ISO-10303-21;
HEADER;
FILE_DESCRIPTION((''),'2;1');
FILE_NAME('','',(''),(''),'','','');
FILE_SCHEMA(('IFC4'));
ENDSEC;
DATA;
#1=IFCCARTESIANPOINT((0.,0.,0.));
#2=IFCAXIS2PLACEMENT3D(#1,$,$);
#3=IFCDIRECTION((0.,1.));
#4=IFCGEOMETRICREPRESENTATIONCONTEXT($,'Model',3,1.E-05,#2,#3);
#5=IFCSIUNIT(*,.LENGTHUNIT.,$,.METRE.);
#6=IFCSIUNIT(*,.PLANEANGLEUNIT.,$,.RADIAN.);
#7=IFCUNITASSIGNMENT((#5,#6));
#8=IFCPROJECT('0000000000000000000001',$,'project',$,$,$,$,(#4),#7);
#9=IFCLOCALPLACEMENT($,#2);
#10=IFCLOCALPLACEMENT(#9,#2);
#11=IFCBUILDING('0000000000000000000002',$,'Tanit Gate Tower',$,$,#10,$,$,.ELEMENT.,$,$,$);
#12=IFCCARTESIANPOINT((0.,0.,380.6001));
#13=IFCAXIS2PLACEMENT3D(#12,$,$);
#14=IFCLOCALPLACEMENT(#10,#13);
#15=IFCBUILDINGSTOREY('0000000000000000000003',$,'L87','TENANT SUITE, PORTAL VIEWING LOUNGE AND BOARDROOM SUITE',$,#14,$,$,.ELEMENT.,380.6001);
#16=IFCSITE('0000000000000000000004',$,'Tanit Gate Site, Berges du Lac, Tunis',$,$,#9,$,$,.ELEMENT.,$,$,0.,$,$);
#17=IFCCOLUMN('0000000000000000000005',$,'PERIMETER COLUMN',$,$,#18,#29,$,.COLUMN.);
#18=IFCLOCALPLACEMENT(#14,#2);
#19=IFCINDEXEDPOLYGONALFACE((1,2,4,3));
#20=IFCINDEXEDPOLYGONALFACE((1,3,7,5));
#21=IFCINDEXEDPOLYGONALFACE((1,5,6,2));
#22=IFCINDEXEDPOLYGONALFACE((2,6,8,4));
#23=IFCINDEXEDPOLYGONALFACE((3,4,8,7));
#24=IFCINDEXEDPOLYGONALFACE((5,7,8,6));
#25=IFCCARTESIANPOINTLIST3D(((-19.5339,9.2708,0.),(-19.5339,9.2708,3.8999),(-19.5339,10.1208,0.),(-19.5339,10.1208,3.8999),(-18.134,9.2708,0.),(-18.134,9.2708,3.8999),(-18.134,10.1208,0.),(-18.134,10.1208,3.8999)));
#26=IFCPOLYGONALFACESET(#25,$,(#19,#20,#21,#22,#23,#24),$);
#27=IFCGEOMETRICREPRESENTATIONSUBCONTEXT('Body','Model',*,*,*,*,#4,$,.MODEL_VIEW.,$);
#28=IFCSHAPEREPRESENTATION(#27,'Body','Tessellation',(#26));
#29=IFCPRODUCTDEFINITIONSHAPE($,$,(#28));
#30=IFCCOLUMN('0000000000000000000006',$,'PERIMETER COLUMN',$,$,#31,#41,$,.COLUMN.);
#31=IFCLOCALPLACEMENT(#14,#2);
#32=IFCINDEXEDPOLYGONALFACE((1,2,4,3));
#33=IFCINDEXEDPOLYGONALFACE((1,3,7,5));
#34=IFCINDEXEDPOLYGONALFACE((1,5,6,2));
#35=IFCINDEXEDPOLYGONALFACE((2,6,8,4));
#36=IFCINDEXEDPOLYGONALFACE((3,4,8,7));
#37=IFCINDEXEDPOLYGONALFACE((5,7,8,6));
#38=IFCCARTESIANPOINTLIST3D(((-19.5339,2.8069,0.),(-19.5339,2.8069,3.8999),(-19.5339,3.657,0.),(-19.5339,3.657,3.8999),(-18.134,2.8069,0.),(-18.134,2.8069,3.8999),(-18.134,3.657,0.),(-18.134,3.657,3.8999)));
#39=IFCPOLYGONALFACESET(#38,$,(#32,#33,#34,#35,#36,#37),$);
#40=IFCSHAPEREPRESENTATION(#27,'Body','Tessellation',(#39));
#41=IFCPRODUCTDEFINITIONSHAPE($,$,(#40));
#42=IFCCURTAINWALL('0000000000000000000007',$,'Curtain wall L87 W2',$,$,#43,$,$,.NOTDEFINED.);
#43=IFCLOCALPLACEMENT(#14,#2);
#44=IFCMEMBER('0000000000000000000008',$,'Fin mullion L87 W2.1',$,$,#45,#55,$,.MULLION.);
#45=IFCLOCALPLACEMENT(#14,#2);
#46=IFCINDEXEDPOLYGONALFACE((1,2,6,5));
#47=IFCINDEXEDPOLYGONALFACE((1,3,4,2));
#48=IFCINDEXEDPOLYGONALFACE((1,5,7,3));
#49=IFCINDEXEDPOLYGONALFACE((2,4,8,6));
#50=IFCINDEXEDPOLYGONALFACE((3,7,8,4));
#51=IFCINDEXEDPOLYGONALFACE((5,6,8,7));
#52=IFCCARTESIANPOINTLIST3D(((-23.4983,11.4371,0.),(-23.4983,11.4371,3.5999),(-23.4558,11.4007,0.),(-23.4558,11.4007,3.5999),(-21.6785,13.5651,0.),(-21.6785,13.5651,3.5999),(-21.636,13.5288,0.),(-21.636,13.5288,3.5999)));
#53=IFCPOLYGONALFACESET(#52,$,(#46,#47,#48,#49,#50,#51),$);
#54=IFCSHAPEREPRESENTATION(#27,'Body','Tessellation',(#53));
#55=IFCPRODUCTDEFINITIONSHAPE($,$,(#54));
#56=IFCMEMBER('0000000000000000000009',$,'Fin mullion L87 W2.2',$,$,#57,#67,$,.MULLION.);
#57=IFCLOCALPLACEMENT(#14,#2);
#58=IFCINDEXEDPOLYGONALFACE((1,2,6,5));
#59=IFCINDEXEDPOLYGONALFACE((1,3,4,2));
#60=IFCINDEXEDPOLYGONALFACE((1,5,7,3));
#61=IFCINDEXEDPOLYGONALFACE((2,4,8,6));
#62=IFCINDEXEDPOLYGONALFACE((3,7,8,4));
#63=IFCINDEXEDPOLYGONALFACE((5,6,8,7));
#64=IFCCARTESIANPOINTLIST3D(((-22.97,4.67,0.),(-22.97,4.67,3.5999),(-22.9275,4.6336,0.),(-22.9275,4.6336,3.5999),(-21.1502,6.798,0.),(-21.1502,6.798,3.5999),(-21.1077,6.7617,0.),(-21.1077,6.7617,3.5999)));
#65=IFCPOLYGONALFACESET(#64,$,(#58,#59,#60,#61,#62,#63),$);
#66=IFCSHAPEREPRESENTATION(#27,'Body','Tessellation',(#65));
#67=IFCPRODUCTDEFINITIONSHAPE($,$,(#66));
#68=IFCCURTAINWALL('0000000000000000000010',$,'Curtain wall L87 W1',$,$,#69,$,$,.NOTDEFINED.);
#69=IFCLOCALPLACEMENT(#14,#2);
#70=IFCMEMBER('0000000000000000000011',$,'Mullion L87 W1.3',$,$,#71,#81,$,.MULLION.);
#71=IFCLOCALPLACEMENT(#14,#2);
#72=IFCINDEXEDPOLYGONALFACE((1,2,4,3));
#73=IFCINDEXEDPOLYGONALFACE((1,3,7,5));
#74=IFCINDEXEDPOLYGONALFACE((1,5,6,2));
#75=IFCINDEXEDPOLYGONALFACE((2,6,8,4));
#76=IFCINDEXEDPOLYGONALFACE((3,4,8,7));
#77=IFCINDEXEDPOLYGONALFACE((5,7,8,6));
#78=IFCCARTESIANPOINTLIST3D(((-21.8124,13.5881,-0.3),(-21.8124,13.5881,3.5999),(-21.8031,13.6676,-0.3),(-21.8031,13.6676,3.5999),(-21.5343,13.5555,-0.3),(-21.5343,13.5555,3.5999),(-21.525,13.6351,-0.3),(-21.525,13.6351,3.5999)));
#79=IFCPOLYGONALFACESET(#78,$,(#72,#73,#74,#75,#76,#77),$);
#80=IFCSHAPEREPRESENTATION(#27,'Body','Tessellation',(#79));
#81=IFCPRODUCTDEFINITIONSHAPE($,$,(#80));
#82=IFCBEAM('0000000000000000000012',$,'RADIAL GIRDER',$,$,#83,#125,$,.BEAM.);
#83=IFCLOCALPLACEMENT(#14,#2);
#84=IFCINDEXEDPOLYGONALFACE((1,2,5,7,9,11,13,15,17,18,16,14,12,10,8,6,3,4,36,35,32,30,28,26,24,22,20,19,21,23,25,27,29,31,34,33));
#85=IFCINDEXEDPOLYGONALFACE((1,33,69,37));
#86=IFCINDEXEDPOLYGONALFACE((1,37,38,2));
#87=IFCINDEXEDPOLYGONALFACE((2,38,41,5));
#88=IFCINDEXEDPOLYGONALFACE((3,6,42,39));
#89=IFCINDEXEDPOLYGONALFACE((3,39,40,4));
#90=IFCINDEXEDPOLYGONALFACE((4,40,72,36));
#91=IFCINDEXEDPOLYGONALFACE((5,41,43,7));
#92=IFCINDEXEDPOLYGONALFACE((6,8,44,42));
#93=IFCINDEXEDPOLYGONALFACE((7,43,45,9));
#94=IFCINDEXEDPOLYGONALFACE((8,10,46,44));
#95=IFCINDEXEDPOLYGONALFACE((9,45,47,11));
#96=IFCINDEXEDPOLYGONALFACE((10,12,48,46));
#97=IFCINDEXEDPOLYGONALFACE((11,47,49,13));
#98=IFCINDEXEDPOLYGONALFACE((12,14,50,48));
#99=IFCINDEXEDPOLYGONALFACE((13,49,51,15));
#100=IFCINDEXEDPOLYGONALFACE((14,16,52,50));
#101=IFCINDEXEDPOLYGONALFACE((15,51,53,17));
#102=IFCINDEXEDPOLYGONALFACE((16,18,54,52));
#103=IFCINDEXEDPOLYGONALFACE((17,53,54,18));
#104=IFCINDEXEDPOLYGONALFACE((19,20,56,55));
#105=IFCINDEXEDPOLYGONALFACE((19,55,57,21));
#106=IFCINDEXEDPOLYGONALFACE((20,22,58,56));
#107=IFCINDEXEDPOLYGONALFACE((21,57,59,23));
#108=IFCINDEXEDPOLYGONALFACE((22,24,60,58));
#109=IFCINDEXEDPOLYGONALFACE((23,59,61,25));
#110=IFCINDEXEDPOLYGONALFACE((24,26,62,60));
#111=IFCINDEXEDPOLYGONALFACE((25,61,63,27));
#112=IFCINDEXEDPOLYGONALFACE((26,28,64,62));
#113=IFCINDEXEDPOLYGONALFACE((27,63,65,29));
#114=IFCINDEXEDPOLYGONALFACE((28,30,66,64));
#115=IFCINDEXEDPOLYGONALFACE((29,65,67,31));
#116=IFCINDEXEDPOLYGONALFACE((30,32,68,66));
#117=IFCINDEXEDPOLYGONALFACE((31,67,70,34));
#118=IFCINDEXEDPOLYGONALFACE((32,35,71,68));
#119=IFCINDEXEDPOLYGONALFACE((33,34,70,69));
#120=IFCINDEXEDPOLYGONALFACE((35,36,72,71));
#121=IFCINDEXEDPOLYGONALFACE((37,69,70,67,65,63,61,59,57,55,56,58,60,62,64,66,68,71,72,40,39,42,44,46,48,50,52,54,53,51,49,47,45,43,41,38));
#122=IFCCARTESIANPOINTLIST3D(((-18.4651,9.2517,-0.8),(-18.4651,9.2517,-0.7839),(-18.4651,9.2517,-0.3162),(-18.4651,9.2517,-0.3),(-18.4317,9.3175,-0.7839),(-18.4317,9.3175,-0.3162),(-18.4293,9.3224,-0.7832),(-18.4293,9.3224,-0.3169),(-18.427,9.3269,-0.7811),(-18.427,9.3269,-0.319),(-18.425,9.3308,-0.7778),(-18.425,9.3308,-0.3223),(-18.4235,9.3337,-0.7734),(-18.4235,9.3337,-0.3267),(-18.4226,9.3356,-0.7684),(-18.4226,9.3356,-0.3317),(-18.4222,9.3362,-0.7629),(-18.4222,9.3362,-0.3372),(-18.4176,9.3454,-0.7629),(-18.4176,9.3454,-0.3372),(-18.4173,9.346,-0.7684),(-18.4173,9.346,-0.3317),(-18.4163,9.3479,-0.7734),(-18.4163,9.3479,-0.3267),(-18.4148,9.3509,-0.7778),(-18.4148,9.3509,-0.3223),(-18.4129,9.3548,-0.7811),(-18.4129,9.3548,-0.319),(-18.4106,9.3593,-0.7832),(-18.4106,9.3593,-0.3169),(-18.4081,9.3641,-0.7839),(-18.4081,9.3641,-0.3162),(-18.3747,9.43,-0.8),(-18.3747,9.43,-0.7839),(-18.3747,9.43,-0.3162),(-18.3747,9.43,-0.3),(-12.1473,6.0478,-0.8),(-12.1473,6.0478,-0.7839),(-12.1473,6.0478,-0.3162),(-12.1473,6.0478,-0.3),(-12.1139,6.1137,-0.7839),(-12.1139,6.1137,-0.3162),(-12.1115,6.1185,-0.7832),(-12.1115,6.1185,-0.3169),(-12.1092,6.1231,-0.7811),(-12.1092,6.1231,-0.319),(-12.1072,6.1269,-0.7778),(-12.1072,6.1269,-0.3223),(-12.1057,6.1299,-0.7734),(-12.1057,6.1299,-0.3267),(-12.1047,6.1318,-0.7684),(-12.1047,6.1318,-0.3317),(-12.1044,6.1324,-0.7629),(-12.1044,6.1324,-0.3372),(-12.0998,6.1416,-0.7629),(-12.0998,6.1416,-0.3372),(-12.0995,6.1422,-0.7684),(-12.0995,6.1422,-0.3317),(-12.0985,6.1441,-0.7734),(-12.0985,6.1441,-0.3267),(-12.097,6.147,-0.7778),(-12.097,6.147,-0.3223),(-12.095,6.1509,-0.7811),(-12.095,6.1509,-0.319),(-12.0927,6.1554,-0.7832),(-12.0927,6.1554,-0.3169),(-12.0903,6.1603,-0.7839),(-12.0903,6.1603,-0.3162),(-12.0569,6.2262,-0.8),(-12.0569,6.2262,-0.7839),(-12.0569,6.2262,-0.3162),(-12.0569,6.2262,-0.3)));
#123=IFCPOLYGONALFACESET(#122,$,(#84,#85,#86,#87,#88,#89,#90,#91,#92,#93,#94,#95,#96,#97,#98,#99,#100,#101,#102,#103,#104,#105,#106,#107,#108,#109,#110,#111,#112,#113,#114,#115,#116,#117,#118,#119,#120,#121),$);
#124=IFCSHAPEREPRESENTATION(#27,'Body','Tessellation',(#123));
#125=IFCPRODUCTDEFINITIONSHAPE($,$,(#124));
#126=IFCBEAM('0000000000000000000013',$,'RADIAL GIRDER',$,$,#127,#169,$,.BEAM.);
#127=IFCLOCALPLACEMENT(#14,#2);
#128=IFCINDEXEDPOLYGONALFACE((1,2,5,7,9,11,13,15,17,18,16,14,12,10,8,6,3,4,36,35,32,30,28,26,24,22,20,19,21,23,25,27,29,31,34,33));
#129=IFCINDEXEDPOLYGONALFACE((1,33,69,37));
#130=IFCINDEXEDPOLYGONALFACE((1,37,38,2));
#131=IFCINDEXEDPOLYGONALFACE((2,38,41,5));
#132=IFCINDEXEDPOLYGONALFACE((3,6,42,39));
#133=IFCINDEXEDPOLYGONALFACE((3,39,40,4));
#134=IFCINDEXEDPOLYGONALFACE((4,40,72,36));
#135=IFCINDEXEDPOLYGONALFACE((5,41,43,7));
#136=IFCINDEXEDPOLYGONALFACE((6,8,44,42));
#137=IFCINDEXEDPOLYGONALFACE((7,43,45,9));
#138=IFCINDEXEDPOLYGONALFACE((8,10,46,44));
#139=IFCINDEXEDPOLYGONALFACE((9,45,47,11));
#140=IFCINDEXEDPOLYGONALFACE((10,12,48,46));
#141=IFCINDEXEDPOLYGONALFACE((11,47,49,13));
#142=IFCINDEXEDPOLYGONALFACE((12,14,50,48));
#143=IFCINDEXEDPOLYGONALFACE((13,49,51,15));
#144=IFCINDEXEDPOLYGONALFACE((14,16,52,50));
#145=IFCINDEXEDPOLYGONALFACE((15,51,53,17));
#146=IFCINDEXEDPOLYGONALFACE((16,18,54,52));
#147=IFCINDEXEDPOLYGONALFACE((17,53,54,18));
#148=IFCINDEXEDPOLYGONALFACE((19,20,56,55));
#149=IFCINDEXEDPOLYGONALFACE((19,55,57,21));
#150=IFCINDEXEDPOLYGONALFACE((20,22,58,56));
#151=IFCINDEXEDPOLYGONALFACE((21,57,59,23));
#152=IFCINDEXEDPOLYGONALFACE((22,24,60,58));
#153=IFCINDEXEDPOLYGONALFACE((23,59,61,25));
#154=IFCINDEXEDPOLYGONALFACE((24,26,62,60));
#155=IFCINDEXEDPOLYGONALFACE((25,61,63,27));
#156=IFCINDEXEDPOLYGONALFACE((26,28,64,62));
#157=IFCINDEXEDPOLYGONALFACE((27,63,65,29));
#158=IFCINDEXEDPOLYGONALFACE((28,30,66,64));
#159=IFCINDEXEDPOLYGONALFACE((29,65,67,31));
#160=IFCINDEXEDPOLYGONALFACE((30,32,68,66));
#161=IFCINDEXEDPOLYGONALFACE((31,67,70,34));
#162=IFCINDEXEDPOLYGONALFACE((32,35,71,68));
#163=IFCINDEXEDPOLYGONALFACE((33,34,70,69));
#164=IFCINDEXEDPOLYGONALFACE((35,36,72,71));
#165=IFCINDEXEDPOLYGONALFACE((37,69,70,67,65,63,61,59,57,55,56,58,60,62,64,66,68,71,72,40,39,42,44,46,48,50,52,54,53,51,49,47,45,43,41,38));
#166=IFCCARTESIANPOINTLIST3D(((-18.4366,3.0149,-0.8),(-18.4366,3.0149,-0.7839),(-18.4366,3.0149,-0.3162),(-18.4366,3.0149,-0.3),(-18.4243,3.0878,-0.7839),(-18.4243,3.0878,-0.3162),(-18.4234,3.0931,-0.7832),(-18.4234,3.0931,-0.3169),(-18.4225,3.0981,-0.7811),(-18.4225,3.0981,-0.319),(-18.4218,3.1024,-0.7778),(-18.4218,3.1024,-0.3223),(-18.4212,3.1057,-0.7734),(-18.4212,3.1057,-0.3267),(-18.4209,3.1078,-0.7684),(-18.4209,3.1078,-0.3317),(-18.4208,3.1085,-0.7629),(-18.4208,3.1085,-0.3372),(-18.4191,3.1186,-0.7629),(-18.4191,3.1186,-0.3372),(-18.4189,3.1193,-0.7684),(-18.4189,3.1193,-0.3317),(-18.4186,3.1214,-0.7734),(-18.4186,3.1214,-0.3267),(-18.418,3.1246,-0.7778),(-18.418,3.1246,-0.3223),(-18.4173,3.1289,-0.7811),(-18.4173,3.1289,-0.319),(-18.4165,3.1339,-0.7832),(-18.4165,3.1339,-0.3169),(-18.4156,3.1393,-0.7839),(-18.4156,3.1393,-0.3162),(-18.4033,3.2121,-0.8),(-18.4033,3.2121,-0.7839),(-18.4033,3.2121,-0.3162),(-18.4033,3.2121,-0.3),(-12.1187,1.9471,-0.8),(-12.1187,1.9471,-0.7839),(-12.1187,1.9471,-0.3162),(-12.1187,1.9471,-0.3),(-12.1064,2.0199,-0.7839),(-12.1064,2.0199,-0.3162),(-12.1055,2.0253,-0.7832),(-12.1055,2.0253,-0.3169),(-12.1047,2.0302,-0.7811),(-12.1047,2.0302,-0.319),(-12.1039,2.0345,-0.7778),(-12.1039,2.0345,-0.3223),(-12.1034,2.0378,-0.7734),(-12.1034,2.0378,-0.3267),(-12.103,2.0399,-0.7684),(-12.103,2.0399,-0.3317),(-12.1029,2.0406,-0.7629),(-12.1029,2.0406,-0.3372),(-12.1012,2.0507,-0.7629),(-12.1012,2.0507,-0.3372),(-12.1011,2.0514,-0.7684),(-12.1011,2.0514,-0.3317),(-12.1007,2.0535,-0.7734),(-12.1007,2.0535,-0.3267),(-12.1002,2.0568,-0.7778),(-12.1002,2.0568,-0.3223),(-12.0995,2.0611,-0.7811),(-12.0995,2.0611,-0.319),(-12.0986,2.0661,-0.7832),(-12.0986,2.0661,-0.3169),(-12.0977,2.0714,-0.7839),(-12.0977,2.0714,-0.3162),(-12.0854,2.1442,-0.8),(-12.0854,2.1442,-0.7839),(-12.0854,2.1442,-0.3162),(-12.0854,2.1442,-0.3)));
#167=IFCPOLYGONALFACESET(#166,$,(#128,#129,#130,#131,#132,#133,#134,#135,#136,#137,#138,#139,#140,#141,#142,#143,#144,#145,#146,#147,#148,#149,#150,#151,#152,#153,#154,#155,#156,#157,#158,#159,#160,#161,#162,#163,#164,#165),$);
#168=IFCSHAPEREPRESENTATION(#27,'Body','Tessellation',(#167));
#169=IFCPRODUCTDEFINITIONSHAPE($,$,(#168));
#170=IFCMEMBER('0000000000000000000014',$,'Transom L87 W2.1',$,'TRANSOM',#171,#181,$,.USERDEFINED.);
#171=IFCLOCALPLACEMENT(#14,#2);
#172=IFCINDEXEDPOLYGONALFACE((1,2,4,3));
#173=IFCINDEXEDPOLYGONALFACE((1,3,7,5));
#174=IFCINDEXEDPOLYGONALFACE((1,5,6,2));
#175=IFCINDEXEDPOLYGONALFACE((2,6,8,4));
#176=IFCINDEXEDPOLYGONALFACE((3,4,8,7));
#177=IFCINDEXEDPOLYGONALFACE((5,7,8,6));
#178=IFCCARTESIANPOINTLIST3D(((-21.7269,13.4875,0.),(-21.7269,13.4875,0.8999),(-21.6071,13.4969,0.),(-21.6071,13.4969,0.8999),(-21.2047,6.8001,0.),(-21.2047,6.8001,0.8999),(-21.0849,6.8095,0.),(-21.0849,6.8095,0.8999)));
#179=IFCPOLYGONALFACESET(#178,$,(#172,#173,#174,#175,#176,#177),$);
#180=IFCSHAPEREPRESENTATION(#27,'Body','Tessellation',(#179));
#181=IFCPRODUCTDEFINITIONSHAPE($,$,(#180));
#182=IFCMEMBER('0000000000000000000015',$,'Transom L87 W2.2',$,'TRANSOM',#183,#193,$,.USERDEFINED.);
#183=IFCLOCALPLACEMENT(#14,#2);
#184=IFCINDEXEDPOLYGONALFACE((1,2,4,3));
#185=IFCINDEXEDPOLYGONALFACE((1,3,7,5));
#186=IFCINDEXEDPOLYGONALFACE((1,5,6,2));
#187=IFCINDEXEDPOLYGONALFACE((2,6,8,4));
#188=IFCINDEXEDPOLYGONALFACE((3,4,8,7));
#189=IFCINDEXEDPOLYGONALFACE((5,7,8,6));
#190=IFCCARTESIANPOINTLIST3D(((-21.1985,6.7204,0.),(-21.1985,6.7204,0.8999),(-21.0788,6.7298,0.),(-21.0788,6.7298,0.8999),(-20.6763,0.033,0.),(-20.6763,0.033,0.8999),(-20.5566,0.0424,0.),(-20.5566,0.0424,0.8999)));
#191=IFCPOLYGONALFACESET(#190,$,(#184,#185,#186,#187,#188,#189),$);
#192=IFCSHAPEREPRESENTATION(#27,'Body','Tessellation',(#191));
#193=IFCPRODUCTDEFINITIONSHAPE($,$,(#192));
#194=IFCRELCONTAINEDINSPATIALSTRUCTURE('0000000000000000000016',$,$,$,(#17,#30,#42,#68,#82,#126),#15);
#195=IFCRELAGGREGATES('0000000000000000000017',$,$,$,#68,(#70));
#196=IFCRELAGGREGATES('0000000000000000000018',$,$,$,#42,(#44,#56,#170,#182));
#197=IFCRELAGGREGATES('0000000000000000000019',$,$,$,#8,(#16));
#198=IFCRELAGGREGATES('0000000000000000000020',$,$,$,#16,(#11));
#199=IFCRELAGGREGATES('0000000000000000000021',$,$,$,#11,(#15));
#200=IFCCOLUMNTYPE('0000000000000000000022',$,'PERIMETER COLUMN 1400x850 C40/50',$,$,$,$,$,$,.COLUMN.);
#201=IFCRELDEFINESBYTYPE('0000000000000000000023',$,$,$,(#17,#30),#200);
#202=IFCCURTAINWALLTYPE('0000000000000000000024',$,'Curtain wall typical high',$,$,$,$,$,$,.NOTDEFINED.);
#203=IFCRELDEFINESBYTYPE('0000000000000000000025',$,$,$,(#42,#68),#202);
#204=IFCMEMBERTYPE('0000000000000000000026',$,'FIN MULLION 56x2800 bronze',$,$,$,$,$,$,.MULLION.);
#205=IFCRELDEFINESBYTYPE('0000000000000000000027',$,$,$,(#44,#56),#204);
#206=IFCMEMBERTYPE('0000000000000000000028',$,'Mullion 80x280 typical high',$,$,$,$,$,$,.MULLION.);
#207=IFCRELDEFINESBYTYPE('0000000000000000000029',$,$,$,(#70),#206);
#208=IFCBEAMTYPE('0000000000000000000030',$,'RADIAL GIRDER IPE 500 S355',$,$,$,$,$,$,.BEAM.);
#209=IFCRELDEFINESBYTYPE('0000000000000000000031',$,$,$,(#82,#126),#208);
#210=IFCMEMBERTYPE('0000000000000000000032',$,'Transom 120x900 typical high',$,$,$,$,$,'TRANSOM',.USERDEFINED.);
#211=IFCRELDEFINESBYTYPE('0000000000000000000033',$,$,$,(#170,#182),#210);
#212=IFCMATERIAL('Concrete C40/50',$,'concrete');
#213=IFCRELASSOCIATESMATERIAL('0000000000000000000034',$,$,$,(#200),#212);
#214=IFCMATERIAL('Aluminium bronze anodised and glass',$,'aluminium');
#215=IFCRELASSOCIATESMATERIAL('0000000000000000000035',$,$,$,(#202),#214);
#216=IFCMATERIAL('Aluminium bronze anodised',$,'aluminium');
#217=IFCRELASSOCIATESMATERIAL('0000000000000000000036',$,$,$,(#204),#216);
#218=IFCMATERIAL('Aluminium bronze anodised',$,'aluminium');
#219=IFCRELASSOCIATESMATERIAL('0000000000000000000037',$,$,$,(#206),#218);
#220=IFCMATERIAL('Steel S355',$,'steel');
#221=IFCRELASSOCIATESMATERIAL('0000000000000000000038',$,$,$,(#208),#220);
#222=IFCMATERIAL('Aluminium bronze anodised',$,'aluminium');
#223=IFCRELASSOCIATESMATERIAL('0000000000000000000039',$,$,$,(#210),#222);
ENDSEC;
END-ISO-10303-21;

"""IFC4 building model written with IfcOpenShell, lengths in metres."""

from ifc_helpers import new_model, si_unit, direction, frame, origin, origin_2d, place, context, subcontext, project, spatial, rectangle, i_section, extrude, material, material_profile, profile_set, type_object, element, aggregate, save


model = new_model("IFC4")

# Units and contexts
model_context = context("Model", 3, precision=1e-05, world=origin(), true_north=direction((0.0, 1.0)))
body_context = subcontext(model_context, "Body", "Model", "MODEL_VIEW")
ifc_project = project(units=[si_unit("LENGTHUNIT", "METRE"), si_unit("PLANEANGLEUNIT", "RADIAN")], contexts=[model_context])

# Site, building, storey
site_placement = place(None, origin())
site = spatial("IfcSite", under=ifc_project, at=site_placement, Name="Tanit Gate Site, Berges du Lac, Tunis", CompositionType="ELEMENT", RefElevation=0.0)
building_placement = place(site_placement, origin())
building = spatial("IfcBuilding", under=site, at=building_placement, Name="Tanit Gate Tower", CompositionType="ELEMENT")
storey_placement = place(building_placement, frame((0.0, 0.0, 380.6001)))
storey = spatial("IfcBuildingStorey", under=building, at=storey_placement, Name="L87", Description="TENANT SUITE, PORTAL VIEWING LOUNGE AND BOARDROOM SUITE", CompositionType="ELEMENT", Elevation=380.6001)

# Columns
ifc_material_1 = material(Name="Concrete C40/50", Category="concrete")
ifc_material_profile_1 = material_profile(ifc_material_1, rectangle(XDim=1.3999, YDim=0.8501, at=origin_2d()), Name="RC 1400x850")
ifc_profile_set_1 = profile_set([ifc_material_profile_1], Name="Concrete C40/50")
column_type = type_object("IfcColumnType", Name="PERIMETER COLUMN 1400x850 C40/50", PredefinedType="COLUMN", material=ifc_profile_set_1)
for number, where, z_axis, x_axis, name in (
    (1, (-18.834, 9.6958, 0.0), (0.0, 0.0, 1.0), (-1.0, 0.0, 0.0), "PERIMETER COLUMN"),
    (2, (-18.834, 3.2319, 0.0), (0.0, 0.0, 1.0), (-1.0, 0.0, 0.0), "PERIMETER COLUMN"),
):
    element("IfcColumn", number, at=place(storey_placement, frame(where, z_axis=z_axis, x_axis=x_axis)), inside=storey, type_object=column_type, Name=name, PredefinedType="COLUMN", context=body_context, shape_type="SweptSolid", body=[
        extrude(rectangle(XDim=1.3999, YDim=0.8501, at=origin_2d()), origin(), (0.0, 0.0, 1.0), 3.8999),
    ])

# Curtain wall, members
ifc_material_2 = material(Name="Aluminium bronze anodised and glass", Category="aluminium")
curtain_wall_type = type_object("IfcCurtainWallType", Name="Curtain wall typical high", PredefinedType="NOTDEFINED", material=ifc_material_2)
curtain_wall_1_placement = place(storey_placement, origin())
curtain_wall_1 = element("IfcCurtainWall", 3, at=curtain_wall_1_placement, inside=storey, type_object=curtain_wall_type, Name="Curtain wall L87 W2", PredefinedType="NOTDEFINED")
ifc_material_3 = material(Name="Aluminium bronze anodised", Category="aluminium")
ifc_material_profile_2 = material_profile(ifc_material_3, rectangle(XDim=2.8, YDim=0.0559, at=origin_2d()), Name="56x2800 bronze fin mullion")
ifc_profile_set_2 = profile_set([ifc_material_profile_2], Name="Aluminium bronze anodised")
member_type_1 = type_object("IfcMemberType", Name="FIN MULLION 56x2800 bronze", PredefinedType="MULLION", material=ifc_profile_set_2)
member_1_placement = place(storey_placement, frame((-22.5671, 12.4829, 0.0), z_axis=(0.0, 0.0, 1.0), x_axis=(0.649921, 0.760002, 0.0)))
member_1 = element("IfcMember", 4, at=member_1_placement, type_object=member_type_1, Name="Fin mullion L87 W2.1", PredefinedType="MULLION", context=body_context, shape_type="SweptSolid", body=[
    extrude(rectangle(XDim=2.8, YDim=0.0559, at=origin_2d()), origin(), (0.0, 0.0, 1.0), 3.5999),
])
member_2_placement = place(storey_placement, frame((-22.0388, 5.7158, 0.0), z_axis=(0.0, 0.0, 1.0), x_axis=(0.649921, 0.760002, 0.0)))
member_2 = element("IfcMember", 5, at=member_2_placement, type_object=member_type_1, Name="Fin mullion L87 W2.2", PredefinedType="MULLION", context=body_context, shape_type="SweptSolid", body=[
    extrude(rectangle(XDim=2.8, YDim=0.0559, at=origin_2d()), origin(), (0.0, 0.0, 1.0), 3.5999),
])

# Curtain wall, member
curtain_wall_2_placement = place(storey_placement, origin())
curtain_wall_2 = element("IfcCurtainWall", 6, at=curtain_wall_2_placement, inside=storey, type_object=curtain_wall_type, Name="Curtain wall L87 W1", PredefinedType="NOTDEFINED")
ifc_material_4 = material(Name="Aluminium bronze anodised", Category="aluminium")
ifc_material_profile_3 = material_profile(ifc_material_4, rectangle(XDim=0.28, YDim=0.0801, at=origin_2d()), Name="80x280 bronze mullion")
ifc_profile_set_3 = profile_set([ifc_material_profile_3], Name="Aluminium bronze anodised")
member_type_2 = type_object("IfcMemberType", Name="Mullion 80x280 typical high", PredefinedType="MULLION", material=ifc_profile_set_3)
member_3_placement = place(storey_placement, frame((-21.6687, 13.6116, -0.3), z_axis=(0.0, 0.0, 1.0), x_axis=(0.993212, -0.116318, 0.0)))
member_3 = element("IfcMember", 7, at=member_3_placement, type_object=member_type_2, Name="Mullion L87 W1.3", PredefinedType="MULLION", context=body_context, shape_type="SweptSolid", body=[
    extrude(rectangle(XDim=0.28, YDim=0.0801, at=origin_2d()), origin(), (0.0, 0.0, 1.0), 3.8999),
])
aggregate(curtain_wall_2, [member_3])

# Beams
ifc_material_5 = material(Name="Steel S355", Category="steel")
ifc_material_profile_4 = material_profile(ifc_material_5, i_section(OverallWidth=0.2, OverallDepth=0.5, WebThickness=0.0103, FlangeThickness=0.0161, FilletRadius=0.021, at=origin_2d()), Name="IPE 500")
ifc_profile_set_4 = profile_set([ifc_material_profile_4], Name="Steel S355")
beam_type = type_object("IfcBeamType", Name="RADIAL GIRDER IPE 500 S355", PredefinedType="BEAM", material=ifc_profile_set_4)
beam_1_placement = place(storey_placement, frame((-18.4199, 9.3408, -0.55), z_axis=(0.891876, -0.45228, 0.0), x_axis=(0.45228, 0.891876, 0.0)))
element("IfcBeam", 8, at=beam_1_placement, inside=storey, type_object=beam_type, Name="RADIAL GIRDER", PredefinedType="BEAM", context=body_context, shape_type="SweptSolid", body=[
    extrude(i_section(OverallWidth=0.2, OverallDepth=0.5, WebThickness=0.0103, FlangeThickness=0.0161, FilletRadius=0.021, at=origin_2d()), origin(), (0.0, 0.0, 1.0), 7.0837),
])
beam_2_placement = place(storey_placement, frame((-18.4199, 3.1135, -0.55), z_axis=(0.986014, -0.16666, 0.0), x_axis=(0.16666, 0.986014, 0.0)))
element("IfcBeam", 9, at=beam_2_placement, inside=storey, type_object=beam_type, Name="RADIAL GIRDER", PredefinedType="BEAM", context=body_context, shape_type="SweptSolid", body=[
    extrude(i_section(OverallWidth=0.2, OverallDepth=0.5, WebThickness=0.0103, FlangeThickness=0.0161, FilletRadius=0.021, at=origin_2d()), origin(), (0.0, 0.0, 1.0), 6.4075),
])

# Members
ifc_material_6 = material(Name="Aluminium bronze anodised", Category="aluminium")
ifc_material_profile_5 = material_profile(ifc_material_6, rectangle(XDim=0.1201, YDim=0.8999, at=origin_2d()), Name="120x900 bronze transom")
ifc_profile_set_5 = profile_set([ifc_material_profile_5], Name="Aluminium bronze anodised")
member_type_3 = type_object("IfcMemberType", Name="Transom 120x900 typical high", ElementType="TRANSOM", PredefinedType="USERDEFINED", material=ifc_profile_set_5)
member_4_placement = place(storey_placement, frame((-21.667, 13.4922, 0.45), z_axis=(0.077851, -0.996965, 0.0), x_axis=(0.996965, 0.077851, 0.0)))
member_4 = element("IfcMember", 10, at=member_4_placement, type_object=member_type_3, Name="Transom L87 W2.1", ObjectType="TRANSOM", PredefinedType="USERDEFINED", context=body_context, shape_type="SweptSolid", body=[
    extrude(rectangle(XDim=0.1201, YDim=0.8999, at=origin_2d()), origin(), (0.0, 0.0, 1.0), 6.7078),
])
member_5_placement = place(storey_placement, frame((-21.1387, 6.7251, 0.45), z_axis=(0.077851, -0.996965, 0.0), x_axis=(0.996965, 0.077851, 0.0)))
member_5 = element("IfcMember", 11, at=member_5_placement, type_object=member_type_3, Name="Transom L87 W2.2", ObjectType="TRANSOM", PredefinedType="USERDEFINED", context=body_context, shape_type="SweptSolid", body=[
    extrude(rectangle(XDim=0.1201, YDim=0.8999, at=origin_2d()), origin(), (0.0, 0.0, 1.0), 6.7078),
])

aggregate(curtain_wall_1, [member_1, member_2, member_4, member_5])

save(model, "model.ifc")
